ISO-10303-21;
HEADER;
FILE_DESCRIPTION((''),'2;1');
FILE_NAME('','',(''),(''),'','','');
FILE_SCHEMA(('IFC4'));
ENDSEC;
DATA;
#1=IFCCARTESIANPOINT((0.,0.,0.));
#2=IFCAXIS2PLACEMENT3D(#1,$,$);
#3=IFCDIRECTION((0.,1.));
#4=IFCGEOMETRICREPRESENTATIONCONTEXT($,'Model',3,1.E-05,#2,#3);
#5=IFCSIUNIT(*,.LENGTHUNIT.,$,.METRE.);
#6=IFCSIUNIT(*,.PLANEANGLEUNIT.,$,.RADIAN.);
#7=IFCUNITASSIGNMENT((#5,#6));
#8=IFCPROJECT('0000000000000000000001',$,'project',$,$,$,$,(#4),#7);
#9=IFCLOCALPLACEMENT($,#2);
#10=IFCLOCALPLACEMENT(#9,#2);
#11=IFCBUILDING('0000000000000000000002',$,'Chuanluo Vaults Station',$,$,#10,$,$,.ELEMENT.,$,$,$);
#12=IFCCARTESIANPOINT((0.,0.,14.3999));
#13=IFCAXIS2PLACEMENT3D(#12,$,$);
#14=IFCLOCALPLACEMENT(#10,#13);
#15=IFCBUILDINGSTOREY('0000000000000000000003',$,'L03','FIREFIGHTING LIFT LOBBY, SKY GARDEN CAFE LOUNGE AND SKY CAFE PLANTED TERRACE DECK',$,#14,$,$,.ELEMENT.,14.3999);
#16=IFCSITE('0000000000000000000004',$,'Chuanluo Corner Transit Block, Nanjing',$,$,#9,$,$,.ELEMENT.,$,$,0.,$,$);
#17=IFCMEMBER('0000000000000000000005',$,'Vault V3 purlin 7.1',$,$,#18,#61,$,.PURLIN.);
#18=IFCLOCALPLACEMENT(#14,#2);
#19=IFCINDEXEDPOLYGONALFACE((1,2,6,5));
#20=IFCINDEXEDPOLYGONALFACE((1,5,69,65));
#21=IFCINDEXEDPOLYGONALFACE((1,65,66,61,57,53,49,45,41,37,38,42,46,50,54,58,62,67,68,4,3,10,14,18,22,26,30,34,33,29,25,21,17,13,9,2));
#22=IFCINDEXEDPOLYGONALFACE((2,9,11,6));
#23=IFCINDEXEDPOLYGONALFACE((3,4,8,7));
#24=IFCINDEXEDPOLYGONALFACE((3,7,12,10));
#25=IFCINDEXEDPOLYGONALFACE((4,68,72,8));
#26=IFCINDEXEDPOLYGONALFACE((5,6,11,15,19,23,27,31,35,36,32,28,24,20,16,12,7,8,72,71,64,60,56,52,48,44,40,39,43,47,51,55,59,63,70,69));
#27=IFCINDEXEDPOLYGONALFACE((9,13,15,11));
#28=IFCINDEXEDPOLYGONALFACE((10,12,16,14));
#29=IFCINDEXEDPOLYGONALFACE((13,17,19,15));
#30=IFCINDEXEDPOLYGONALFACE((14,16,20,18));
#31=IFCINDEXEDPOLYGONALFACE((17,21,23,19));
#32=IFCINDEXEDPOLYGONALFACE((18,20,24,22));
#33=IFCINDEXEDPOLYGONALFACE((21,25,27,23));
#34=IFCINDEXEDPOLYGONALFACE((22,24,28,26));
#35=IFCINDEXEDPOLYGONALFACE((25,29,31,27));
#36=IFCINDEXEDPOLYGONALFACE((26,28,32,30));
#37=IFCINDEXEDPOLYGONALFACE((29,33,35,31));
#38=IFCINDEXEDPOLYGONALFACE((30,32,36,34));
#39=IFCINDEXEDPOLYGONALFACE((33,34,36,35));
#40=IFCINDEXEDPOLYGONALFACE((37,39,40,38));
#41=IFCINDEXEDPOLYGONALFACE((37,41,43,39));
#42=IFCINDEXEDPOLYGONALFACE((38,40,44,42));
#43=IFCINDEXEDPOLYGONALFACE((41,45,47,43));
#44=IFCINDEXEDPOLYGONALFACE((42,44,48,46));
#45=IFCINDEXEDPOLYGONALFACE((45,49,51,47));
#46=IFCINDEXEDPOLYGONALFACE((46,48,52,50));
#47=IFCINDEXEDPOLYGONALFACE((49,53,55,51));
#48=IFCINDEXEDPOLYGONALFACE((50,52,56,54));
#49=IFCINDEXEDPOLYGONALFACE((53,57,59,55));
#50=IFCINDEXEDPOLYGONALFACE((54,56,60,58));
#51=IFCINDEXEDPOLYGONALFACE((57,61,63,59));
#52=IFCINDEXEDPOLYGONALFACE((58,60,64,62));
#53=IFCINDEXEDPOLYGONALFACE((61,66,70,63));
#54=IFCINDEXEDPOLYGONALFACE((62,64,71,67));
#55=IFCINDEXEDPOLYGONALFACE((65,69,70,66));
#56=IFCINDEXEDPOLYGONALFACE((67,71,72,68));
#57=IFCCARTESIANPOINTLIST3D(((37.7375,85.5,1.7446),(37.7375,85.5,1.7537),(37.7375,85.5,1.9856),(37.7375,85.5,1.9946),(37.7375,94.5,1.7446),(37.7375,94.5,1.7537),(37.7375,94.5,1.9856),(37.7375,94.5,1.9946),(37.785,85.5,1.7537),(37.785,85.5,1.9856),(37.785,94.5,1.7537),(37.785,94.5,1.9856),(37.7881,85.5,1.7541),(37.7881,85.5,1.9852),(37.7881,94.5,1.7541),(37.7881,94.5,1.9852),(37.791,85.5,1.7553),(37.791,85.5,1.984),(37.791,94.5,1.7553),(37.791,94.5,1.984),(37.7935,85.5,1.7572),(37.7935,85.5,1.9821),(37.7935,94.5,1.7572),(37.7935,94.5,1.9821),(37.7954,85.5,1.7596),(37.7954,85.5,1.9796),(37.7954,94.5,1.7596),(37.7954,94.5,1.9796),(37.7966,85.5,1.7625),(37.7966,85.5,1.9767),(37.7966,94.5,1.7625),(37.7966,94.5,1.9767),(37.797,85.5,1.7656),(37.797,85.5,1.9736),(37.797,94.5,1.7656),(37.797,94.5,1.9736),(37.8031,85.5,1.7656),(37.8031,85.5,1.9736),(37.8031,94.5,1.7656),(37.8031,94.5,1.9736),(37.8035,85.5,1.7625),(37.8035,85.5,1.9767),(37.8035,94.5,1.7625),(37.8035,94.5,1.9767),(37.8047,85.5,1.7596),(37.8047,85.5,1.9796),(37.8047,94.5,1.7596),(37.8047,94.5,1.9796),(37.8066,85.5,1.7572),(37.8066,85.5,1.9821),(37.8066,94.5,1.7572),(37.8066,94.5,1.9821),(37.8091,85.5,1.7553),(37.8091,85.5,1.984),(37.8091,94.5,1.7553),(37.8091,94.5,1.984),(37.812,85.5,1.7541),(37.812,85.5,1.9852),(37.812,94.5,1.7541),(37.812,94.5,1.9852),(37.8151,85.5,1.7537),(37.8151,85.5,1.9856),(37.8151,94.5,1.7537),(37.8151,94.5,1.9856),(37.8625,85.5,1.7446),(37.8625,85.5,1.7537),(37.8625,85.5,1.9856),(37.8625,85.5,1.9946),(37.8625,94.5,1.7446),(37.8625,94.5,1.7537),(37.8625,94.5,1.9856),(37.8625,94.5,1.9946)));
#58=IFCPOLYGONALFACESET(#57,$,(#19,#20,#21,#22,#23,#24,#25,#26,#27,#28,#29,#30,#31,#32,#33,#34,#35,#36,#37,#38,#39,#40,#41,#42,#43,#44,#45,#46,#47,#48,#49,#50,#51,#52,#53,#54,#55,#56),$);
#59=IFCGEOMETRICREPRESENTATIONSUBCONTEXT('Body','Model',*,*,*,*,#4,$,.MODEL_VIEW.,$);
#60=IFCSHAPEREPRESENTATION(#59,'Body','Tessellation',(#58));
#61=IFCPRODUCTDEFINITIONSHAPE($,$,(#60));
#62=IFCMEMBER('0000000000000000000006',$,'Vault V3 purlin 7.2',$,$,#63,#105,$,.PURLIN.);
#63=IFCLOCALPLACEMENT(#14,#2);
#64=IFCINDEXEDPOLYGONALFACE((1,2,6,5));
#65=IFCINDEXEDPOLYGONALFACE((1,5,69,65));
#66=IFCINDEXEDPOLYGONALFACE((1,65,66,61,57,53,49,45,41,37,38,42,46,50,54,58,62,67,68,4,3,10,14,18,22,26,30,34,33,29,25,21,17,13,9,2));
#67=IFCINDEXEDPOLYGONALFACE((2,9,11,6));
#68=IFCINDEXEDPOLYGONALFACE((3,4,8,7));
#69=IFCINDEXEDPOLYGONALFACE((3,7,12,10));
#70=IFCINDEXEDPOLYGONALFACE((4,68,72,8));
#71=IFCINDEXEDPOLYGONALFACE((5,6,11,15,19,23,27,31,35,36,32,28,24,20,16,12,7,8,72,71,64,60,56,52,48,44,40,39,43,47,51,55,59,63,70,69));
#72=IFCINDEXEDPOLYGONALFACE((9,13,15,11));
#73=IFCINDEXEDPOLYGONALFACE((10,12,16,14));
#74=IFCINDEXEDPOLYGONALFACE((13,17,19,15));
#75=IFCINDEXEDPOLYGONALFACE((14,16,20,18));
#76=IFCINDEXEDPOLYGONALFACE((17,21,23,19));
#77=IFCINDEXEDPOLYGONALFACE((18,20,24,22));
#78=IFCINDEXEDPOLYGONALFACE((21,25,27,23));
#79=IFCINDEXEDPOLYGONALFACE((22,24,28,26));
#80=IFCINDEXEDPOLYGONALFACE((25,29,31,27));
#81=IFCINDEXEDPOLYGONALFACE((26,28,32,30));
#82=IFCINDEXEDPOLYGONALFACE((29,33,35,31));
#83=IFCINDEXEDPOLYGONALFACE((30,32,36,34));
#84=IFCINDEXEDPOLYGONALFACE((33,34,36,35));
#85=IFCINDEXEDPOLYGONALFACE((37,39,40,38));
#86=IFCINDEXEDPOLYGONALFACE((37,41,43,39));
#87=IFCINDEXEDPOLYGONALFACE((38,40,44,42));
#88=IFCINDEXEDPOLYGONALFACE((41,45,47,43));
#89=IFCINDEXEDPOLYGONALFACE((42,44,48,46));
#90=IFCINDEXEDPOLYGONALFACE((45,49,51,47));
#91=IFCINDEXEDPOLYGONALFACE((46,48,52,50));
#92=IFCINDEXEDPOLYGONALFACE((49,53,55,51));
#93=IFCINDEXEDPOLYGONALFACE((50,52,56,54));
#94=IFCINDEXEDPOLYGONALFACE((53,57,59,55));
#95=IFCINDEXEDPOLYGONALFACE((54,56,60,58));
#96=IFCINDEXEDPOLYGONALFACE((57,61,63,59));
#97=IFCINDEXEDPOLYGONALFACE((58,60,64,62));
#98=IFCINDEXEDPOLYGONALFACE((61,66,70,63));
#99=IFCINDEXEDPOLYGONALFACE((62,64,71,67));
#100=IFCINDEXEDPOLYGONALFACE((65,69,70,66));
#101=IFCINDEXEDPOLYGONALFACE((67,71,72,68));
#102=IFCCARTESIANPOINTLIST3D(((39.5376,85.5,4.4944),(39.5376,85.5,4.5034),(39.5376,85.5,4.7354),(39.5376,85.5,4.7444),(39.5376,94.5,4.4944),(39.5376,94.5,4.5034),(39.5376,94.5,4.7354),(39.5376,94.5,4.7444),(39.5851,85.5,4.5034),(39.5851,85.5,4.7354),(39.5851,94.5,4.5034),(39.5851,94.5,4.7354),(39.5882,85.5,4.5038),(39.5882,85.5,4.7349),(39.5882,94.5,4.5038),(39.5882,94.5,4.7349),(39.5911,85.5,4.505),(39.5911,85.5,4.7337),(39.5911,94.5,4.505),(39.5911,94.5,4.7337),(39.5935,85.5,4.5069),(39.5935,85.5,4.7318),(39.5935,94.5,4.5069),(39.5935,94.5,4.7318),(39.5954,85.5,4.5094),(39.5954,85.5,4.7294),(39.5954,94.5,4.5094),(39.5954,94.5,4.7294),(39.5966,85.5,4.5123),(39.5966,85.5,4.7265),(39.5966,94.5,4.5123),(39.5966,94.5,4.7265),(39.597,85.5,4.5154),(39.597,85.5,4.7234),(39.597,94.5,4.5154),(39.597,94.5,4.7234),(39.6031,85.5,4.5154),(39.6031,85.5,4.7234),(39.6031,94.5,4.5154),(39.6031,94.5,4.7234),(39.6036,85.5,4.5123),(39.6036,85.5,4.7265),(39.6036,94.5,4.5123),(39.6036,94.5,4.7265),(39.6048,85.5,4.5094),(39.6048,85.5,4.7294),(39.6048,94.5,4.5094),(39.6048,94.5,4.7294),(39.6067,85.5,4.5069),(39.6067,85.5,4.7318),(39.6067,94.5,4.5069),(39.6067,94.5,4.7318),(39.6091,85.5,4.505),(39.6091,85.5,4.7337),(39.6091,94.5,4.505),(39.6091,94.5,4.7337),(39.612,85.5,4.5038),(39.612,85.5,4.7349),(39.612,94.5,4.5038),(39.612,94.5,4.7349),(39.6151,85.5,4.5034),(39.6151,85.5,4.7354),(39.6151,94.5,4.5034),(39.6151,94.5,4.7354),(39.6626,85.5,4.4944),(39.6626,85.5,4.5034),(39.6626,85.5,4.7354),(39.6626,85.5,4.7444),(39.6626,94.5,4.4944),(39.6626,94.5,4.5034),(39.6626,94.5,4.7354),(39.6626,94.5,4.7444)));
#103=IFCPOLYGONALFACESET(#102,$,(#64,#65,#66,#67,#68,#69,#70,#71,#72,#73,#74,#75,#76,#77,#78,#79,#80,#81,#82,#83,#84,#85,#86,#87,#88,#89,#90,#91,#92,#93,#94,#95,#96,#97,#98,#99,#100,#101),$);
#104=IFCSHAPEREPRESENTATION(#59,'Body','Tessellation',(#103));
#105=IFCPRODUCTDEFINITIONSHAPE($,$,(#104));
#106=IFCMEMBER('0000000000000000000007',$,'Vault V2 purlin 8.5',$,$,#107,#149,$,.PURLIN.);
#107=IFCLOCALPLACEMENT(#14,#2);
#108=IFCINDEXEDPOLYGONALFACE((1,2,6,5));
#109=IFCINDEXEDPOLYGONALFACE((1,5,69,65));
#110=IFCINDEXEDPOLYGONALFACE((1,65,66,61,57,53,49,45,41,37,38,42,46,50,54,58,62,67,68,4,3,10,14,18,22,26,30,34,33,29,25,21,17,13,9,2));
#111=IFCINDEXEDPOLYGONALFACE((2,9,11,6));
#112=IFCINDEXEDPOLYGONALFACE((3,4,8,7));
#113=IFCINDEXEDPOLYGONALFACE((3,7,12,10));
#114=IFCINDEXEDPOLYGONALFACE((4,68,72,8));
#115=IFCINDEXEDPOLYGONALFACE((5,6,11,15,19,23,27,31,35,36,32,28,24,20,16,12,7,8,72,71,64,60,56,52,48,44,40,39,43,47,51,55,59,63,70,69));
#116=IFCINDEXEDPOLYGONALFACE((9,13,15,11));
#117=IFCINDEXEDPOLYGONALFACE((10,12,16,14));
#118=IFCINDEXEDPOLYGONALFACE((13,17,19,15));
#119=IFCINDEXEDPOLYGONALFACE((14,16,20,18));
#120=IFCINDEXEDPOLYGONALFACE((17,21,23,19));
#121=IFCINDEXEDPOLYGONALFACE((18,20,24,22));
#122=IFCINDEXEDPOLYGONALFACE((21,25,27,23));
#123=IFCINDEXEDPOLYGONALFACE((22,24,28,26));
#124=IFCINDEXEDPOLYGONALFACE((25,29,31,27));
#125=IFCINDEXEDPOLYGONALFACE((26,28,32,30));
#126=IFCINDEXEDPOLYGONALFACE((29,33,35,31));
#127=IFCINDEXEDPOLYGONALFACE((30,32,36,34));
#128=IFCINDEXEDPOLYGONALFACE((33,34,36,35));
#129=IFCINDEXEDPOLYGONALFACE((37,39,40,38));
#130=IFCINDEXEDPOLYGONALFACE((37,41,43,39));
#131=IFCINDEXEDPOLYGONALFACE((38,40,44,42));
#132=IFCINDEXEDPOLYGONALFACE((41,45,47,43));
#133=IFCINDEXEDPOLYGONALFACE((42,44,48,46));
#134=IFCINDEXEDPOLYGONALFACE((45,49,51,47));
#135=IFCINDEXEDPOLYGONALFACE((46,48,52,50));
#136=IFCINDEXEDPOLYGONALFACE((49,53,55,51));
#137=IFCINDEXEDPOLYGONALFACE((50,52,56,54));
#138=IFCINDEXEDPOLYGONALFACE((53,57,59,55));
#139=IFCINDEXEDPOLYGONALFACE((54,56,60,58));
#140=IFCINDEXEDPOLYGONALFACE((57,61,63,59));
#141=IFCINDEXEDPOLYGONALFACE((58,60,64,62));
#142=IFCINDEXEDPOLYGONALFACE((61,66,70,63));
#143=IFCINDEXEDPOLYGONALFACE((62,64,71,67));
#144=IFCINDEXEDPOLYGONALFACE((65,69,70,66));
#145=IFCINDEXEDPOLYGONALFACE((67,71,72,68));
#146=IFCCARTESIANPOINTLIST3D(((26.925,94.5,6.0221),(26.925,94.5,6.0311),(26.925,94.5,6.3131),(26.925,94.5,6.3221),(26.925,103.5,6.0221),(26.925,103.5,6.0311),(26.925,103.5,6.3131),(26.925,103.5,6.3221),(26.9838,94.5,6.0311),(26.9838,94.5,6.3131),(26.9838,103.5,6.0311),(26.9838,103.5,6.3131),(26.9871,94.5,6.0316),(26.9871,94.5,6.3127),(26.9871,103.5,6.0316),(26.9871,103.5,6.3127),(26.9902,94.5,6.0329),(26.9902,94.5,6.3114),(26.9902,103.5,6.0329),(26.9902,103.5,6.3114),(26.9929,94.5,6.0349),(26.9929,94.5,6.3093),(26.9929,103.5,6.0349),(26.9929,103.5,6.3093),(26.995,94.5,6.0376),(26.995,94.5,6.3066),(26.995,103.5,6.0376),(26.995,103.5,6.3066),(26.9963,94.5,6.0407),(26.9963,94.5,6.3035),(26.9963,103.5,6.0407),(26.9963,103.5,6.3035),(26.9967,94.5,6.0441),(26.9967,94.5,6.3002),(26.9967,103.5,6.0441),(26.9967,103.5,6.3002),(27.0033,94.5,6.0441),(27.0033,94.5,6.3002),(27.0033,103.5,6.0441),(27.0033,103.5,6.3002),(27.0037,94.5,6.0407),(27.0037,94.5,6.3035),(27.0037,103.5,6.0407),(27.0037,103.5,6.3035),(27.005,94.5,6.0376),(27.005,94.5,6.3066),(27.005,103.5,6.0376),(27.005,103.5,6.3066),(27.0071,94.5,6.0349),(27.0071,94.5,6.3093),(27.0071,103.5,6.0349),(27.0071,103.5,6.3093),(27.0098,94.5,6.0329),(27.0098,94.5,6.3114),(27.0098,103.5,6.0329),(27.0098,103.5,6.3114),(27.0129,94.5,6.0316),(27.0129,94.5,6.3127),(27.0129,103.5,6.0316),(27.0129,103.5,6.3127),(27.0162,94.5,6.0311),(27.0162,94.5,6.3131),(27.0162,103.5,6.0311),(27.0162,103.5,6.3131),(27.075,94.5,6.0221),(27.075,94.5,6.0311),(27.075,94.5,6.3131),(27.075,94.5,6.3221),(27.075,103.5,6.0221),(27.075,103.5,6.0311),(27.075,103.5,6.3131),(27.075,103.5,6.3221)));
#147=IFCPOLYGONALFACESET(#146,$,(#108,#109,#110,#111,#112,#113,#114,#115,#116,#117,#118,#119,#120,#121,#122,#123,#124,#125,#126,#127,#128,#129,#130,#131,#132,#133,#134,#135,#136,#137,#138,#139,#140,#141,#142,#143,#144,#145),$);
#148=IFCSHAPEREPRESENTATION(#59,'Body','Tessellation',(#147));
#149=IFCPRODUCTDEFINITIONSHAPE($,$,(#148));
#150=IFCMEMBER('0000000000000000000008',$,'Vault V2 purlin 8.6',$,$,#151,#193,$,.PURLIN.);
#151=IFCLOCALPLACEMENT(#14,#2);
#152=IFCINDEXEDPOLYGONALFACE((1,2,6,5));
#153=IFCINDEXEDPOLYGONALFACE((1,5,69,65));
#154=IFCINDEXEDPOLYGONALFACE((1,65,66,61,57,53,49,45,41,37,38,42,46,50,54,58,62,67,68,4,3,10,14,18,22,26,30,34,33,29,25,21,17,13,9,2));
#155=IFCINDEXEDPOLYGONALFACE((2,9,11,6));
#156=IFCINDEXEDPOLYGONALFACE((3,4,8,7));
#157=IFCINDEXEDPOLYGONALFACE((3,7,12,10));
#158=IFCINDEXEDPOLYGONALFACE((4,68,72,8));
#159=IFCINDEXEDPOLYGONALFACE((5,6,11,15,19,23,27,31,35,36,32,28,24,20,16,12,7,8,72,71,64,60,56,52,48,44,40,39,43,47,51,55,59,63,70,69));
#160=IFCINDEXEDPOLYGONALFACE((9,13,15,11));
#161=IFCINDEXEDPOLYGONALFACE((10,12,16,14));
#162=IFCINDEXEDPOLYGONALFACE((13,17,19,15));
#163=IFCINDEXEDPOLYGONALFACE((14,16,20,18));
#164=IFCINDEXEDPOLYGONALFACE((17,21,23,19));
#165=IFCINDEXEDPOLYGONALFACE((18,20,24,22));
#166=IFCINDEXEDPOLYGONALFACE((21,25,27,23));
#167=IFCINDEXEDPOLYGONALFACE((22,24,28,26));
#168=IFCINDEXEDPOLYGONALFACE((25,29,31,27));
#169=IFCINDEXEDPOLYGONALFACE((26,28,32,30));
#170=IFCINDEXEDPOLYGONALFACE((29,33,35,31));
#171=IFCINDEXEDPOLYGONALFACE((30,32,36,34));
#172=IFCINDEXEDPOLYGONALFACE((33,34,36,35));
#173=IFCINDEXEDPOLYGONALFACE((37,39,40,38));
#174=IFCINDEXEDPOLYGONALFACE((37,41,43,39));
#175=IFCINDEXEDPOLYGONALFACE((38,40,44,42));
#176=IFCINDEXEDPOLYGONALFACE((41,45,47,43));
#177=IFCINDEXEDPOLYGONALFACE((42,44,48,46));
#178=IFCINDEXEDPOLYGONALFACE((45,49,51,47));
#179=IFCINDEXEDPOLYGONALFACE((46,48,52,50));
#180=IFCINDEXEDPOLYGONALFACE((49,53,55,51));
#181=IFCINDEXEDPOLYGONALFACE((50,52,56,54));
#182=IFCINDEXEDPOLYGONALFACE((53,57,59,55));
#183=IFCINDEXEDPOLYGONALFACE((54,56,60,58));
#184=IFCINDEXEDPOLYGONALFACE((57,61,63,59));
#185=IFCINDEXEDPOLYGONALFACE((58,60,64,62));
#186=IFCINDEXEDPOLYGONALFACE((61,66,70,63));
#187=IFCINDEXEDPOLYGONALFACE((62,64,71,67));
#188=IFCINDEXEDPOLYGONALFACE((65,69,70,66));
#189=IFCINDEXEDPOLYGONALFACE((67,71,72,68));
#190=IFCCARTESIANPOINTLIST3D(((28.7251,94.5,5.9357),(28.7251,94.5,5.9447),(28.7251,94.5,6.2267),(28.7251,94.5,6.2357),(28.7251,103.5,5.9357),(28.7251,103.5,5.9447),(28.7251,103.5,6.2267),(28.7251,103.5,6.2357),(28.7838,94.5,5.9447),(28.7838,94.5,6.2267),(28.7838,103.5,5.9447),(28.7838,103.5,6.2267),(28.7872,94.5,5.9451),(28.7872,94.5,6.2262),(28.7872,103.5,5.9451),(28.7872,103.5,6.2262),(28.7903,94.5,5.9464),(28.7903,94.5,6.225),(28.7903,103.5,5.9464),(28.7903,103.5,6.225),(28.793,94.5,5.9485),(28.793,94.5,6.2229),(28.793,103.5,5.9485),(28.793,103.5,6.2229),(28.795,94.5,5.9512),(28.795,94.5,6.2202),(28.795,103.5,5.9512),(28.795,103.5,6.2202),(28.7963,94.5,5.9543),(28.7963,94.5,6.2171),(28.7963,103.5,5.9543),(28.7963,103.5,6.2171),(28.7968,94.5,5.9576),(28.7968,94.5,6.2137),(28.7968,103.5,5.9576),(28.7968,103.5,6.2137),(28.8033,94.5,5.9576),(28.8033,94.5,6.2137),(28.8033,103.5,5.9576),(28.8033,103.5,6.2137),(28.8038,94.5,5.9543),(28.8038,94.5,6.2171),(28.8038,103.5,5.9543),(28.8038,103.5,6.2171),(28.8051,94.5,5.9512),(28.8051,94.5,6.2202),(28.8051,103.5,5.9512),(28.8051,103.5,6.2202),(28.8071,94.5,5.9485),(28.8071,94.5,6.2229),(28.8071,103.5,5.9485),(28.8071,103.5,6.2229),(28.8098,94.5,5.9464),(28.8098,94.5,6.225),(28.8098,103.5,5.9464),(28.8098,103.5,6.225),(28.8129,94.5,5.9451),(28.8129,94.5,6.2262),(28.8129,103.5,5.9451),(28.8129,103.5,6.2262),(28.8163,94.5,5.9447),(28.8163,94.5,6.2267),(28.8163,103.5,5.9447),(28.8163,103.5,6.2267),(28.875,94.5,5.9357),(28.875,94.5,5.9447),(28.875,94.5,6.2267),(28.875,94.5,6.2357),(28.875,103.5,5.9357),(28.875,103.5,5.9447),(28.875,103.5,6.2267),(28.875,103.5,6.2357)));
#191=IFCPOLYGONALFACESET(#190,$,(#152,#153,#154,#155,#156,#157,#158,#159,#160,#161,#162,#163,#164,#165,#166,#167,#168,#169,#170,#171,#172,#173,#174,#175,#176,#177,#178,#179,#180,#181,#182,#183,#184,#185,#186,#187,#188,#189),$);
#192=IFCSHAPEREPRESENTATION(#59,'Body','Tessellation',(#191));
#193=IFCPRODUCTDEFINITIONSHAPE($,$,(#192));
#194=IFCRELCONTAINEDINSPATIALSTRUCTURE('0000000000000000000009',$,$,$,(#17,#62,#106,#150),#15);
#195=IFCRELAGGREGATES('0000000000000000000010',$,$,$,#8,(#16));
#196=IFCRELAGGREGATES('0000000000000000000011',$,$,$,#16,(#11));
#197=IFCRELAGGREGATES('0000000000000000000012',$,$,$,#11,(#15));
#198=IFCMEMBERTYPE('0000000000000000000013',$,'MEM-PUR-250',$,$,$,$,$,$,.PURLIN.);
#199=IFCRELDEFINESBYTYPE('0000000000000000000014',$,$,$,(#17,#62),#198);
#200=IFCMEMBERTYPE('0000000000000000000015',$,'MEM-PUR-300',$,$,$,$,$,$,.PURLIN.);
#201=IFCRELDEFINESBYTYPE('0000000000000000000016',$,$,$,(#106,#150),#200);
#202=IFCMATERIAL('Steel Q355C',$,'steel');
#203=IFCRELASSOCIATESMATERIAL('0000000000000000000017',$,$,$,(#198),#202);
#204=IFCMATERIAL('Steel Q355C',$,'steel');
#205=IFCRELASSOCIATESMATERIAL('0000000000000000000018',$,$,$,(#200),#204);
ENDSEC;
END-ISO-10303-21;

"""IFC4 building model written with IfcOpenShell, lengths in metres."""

from ifc_helpers import new_model, si_unit, direction, frame, origin, origin_2d, place, context, subcontext, project, spatial, i_section, extrude, material, material_profile, profile_set, type_object, element, save


model = new_model("IFC4")

# Units and contexts
model_context = context("Model", 3, precision=1e-05, world=origin(), true_north=direction((0.0, 1.0)))
body_context = subcontext(model_context, "Body", "Model", "MODEL_VIEW")
ifc_project = project(units=[si_unit("LENGTHUNIT", "METRE"), si_unit("PLANEANGLEUNIT", "RADIAN")], contexts=[model_context])

# Site, building, storey
site_placement = place(None, origin())
site = spatial("IfcSite", under=ifc_project, at=site_placement, Name="Chuanluo Corner Transit Block, Nanjing", CompositionType="ELEMENT", RefElevation=0.0)
building_placement = place(site_placement, origin())
building = spatial("IfcBuilding", under=site, at=building_placement, Name="Chuanluo Vaults Station", CompositionType="ELEMENT")
storey_placement = place(building_placement, frame((0.0, 0.0, 14.3999)))
storey = spatial("IfcBuildingStorey", under=building, at=storey_placement, Name="L03", Description="FIREFIGHTING LIFT LOBBY, SKY GARDEN CAFE LOUNGE AND SKY CAFE PLANTED TERRACE DECK", CompositionType="ELEMENT", Elevation=14.3999)

# Members
ifc_material_1 = material(Name="Steel Q355C", Category="steel")
ifc_material_profile_1 = material_profile(ifc_material_1, i_section(OverallWidth=0.125, OverallDepth=0.25, WebThickness=0.0061, FlangeThickness=0.009, FilletRadius=0.012, at=origin_2d()))
ifc_profile_set_1 = profile_set([ifc_material_profile_1], Name="Steel Q355C")
member_type_1 = type_object("IfcMemberType", Name="MEM-PUR-250", PredefinedType="PURLIN", material=ifc_profile_set_1)
for number, where, z_axis, x_axis, name in (
    (1, (37.8, 85.5, 1.8696), (0.0, 1.0, 0.0), (-1.0, 0.0, 0.0), "Vault V3 purlin 7.1"),
    (2, (39.6001, 85.5, 4.6194), (0.0, 1.0, 0.0), (-1.0, 0.0, 0.0), "Vault V3 purlin 7.2"),
):
    element("IfcMember", number, at=place(storey_placement, frame(where, z_axis=z_axis, x_axis=x_axis)), inside=storey, type_object=member_type_1, Name=name, PredefinedType="PURLIN", context=body_context, shape_type="SweptSolid", body=[
        extrude(i_section(OverallWidth=0.125, OverallDepth=0.25, WebThickness=0.0061, FlangeThickness=0.009, FilletRadius=0.012, at=origin_2d()), origin(), (0.0, 0.0, 1.0), 9.0),
    ])
ifc_material_2 = material(Name="Steel Q355C", Category="steel")
ifc_material_profile_2 = material_profile(ifc_material_2, i_section(OverallWidth=0.1499, OverallDepth=0.3, WebThickness=0.0066, FlangeThickness=0.009, FilletRadius=0.0129, at=origin_2d()))
ifc_profile_set_2 = profile_set([ifc_material_profile_2], Name="Steel Q355C")
member_type_2 = type_object("IfcMemberType", Name="MEM-PUR-300", PredefinedType="PURLIN", material=ifc_profile_set_2)
for number, where, z_axis, x_axis, name in (
    (3, (27.0, 94.5, 6.1721), (0.0, 1.0, 0.0), (-1.0, 0.0, 0.0), "Vault V2 purlin 8.5"),
    (4, (28.8, 94.5, 6.0857), (0.0, 1.0, 0.0), (-1.0, 0.0, 0.0), "Vault V2 purlin 8.6"),
):
    element("IfcMember", number, at=place(storey_placement, frame(where, z_axis=z_axis, x_axis=x_axis)), inside=storey, type_object=member_type_2, Name=name, PredefinedType="PURLIN", context=body_context, shape_type="SweptSolid", body=[
        extrude(i_section(OverallWidth=0.1499, OverallDepth=0.3, WebThickness=0.0066, FlangeThickness=0.009, FilletRadius=0.0129, at=origin_2d()), origin(), (0.0, 0.0, 1.0), 9.0),
    ])

save(model, "model.ifc")
